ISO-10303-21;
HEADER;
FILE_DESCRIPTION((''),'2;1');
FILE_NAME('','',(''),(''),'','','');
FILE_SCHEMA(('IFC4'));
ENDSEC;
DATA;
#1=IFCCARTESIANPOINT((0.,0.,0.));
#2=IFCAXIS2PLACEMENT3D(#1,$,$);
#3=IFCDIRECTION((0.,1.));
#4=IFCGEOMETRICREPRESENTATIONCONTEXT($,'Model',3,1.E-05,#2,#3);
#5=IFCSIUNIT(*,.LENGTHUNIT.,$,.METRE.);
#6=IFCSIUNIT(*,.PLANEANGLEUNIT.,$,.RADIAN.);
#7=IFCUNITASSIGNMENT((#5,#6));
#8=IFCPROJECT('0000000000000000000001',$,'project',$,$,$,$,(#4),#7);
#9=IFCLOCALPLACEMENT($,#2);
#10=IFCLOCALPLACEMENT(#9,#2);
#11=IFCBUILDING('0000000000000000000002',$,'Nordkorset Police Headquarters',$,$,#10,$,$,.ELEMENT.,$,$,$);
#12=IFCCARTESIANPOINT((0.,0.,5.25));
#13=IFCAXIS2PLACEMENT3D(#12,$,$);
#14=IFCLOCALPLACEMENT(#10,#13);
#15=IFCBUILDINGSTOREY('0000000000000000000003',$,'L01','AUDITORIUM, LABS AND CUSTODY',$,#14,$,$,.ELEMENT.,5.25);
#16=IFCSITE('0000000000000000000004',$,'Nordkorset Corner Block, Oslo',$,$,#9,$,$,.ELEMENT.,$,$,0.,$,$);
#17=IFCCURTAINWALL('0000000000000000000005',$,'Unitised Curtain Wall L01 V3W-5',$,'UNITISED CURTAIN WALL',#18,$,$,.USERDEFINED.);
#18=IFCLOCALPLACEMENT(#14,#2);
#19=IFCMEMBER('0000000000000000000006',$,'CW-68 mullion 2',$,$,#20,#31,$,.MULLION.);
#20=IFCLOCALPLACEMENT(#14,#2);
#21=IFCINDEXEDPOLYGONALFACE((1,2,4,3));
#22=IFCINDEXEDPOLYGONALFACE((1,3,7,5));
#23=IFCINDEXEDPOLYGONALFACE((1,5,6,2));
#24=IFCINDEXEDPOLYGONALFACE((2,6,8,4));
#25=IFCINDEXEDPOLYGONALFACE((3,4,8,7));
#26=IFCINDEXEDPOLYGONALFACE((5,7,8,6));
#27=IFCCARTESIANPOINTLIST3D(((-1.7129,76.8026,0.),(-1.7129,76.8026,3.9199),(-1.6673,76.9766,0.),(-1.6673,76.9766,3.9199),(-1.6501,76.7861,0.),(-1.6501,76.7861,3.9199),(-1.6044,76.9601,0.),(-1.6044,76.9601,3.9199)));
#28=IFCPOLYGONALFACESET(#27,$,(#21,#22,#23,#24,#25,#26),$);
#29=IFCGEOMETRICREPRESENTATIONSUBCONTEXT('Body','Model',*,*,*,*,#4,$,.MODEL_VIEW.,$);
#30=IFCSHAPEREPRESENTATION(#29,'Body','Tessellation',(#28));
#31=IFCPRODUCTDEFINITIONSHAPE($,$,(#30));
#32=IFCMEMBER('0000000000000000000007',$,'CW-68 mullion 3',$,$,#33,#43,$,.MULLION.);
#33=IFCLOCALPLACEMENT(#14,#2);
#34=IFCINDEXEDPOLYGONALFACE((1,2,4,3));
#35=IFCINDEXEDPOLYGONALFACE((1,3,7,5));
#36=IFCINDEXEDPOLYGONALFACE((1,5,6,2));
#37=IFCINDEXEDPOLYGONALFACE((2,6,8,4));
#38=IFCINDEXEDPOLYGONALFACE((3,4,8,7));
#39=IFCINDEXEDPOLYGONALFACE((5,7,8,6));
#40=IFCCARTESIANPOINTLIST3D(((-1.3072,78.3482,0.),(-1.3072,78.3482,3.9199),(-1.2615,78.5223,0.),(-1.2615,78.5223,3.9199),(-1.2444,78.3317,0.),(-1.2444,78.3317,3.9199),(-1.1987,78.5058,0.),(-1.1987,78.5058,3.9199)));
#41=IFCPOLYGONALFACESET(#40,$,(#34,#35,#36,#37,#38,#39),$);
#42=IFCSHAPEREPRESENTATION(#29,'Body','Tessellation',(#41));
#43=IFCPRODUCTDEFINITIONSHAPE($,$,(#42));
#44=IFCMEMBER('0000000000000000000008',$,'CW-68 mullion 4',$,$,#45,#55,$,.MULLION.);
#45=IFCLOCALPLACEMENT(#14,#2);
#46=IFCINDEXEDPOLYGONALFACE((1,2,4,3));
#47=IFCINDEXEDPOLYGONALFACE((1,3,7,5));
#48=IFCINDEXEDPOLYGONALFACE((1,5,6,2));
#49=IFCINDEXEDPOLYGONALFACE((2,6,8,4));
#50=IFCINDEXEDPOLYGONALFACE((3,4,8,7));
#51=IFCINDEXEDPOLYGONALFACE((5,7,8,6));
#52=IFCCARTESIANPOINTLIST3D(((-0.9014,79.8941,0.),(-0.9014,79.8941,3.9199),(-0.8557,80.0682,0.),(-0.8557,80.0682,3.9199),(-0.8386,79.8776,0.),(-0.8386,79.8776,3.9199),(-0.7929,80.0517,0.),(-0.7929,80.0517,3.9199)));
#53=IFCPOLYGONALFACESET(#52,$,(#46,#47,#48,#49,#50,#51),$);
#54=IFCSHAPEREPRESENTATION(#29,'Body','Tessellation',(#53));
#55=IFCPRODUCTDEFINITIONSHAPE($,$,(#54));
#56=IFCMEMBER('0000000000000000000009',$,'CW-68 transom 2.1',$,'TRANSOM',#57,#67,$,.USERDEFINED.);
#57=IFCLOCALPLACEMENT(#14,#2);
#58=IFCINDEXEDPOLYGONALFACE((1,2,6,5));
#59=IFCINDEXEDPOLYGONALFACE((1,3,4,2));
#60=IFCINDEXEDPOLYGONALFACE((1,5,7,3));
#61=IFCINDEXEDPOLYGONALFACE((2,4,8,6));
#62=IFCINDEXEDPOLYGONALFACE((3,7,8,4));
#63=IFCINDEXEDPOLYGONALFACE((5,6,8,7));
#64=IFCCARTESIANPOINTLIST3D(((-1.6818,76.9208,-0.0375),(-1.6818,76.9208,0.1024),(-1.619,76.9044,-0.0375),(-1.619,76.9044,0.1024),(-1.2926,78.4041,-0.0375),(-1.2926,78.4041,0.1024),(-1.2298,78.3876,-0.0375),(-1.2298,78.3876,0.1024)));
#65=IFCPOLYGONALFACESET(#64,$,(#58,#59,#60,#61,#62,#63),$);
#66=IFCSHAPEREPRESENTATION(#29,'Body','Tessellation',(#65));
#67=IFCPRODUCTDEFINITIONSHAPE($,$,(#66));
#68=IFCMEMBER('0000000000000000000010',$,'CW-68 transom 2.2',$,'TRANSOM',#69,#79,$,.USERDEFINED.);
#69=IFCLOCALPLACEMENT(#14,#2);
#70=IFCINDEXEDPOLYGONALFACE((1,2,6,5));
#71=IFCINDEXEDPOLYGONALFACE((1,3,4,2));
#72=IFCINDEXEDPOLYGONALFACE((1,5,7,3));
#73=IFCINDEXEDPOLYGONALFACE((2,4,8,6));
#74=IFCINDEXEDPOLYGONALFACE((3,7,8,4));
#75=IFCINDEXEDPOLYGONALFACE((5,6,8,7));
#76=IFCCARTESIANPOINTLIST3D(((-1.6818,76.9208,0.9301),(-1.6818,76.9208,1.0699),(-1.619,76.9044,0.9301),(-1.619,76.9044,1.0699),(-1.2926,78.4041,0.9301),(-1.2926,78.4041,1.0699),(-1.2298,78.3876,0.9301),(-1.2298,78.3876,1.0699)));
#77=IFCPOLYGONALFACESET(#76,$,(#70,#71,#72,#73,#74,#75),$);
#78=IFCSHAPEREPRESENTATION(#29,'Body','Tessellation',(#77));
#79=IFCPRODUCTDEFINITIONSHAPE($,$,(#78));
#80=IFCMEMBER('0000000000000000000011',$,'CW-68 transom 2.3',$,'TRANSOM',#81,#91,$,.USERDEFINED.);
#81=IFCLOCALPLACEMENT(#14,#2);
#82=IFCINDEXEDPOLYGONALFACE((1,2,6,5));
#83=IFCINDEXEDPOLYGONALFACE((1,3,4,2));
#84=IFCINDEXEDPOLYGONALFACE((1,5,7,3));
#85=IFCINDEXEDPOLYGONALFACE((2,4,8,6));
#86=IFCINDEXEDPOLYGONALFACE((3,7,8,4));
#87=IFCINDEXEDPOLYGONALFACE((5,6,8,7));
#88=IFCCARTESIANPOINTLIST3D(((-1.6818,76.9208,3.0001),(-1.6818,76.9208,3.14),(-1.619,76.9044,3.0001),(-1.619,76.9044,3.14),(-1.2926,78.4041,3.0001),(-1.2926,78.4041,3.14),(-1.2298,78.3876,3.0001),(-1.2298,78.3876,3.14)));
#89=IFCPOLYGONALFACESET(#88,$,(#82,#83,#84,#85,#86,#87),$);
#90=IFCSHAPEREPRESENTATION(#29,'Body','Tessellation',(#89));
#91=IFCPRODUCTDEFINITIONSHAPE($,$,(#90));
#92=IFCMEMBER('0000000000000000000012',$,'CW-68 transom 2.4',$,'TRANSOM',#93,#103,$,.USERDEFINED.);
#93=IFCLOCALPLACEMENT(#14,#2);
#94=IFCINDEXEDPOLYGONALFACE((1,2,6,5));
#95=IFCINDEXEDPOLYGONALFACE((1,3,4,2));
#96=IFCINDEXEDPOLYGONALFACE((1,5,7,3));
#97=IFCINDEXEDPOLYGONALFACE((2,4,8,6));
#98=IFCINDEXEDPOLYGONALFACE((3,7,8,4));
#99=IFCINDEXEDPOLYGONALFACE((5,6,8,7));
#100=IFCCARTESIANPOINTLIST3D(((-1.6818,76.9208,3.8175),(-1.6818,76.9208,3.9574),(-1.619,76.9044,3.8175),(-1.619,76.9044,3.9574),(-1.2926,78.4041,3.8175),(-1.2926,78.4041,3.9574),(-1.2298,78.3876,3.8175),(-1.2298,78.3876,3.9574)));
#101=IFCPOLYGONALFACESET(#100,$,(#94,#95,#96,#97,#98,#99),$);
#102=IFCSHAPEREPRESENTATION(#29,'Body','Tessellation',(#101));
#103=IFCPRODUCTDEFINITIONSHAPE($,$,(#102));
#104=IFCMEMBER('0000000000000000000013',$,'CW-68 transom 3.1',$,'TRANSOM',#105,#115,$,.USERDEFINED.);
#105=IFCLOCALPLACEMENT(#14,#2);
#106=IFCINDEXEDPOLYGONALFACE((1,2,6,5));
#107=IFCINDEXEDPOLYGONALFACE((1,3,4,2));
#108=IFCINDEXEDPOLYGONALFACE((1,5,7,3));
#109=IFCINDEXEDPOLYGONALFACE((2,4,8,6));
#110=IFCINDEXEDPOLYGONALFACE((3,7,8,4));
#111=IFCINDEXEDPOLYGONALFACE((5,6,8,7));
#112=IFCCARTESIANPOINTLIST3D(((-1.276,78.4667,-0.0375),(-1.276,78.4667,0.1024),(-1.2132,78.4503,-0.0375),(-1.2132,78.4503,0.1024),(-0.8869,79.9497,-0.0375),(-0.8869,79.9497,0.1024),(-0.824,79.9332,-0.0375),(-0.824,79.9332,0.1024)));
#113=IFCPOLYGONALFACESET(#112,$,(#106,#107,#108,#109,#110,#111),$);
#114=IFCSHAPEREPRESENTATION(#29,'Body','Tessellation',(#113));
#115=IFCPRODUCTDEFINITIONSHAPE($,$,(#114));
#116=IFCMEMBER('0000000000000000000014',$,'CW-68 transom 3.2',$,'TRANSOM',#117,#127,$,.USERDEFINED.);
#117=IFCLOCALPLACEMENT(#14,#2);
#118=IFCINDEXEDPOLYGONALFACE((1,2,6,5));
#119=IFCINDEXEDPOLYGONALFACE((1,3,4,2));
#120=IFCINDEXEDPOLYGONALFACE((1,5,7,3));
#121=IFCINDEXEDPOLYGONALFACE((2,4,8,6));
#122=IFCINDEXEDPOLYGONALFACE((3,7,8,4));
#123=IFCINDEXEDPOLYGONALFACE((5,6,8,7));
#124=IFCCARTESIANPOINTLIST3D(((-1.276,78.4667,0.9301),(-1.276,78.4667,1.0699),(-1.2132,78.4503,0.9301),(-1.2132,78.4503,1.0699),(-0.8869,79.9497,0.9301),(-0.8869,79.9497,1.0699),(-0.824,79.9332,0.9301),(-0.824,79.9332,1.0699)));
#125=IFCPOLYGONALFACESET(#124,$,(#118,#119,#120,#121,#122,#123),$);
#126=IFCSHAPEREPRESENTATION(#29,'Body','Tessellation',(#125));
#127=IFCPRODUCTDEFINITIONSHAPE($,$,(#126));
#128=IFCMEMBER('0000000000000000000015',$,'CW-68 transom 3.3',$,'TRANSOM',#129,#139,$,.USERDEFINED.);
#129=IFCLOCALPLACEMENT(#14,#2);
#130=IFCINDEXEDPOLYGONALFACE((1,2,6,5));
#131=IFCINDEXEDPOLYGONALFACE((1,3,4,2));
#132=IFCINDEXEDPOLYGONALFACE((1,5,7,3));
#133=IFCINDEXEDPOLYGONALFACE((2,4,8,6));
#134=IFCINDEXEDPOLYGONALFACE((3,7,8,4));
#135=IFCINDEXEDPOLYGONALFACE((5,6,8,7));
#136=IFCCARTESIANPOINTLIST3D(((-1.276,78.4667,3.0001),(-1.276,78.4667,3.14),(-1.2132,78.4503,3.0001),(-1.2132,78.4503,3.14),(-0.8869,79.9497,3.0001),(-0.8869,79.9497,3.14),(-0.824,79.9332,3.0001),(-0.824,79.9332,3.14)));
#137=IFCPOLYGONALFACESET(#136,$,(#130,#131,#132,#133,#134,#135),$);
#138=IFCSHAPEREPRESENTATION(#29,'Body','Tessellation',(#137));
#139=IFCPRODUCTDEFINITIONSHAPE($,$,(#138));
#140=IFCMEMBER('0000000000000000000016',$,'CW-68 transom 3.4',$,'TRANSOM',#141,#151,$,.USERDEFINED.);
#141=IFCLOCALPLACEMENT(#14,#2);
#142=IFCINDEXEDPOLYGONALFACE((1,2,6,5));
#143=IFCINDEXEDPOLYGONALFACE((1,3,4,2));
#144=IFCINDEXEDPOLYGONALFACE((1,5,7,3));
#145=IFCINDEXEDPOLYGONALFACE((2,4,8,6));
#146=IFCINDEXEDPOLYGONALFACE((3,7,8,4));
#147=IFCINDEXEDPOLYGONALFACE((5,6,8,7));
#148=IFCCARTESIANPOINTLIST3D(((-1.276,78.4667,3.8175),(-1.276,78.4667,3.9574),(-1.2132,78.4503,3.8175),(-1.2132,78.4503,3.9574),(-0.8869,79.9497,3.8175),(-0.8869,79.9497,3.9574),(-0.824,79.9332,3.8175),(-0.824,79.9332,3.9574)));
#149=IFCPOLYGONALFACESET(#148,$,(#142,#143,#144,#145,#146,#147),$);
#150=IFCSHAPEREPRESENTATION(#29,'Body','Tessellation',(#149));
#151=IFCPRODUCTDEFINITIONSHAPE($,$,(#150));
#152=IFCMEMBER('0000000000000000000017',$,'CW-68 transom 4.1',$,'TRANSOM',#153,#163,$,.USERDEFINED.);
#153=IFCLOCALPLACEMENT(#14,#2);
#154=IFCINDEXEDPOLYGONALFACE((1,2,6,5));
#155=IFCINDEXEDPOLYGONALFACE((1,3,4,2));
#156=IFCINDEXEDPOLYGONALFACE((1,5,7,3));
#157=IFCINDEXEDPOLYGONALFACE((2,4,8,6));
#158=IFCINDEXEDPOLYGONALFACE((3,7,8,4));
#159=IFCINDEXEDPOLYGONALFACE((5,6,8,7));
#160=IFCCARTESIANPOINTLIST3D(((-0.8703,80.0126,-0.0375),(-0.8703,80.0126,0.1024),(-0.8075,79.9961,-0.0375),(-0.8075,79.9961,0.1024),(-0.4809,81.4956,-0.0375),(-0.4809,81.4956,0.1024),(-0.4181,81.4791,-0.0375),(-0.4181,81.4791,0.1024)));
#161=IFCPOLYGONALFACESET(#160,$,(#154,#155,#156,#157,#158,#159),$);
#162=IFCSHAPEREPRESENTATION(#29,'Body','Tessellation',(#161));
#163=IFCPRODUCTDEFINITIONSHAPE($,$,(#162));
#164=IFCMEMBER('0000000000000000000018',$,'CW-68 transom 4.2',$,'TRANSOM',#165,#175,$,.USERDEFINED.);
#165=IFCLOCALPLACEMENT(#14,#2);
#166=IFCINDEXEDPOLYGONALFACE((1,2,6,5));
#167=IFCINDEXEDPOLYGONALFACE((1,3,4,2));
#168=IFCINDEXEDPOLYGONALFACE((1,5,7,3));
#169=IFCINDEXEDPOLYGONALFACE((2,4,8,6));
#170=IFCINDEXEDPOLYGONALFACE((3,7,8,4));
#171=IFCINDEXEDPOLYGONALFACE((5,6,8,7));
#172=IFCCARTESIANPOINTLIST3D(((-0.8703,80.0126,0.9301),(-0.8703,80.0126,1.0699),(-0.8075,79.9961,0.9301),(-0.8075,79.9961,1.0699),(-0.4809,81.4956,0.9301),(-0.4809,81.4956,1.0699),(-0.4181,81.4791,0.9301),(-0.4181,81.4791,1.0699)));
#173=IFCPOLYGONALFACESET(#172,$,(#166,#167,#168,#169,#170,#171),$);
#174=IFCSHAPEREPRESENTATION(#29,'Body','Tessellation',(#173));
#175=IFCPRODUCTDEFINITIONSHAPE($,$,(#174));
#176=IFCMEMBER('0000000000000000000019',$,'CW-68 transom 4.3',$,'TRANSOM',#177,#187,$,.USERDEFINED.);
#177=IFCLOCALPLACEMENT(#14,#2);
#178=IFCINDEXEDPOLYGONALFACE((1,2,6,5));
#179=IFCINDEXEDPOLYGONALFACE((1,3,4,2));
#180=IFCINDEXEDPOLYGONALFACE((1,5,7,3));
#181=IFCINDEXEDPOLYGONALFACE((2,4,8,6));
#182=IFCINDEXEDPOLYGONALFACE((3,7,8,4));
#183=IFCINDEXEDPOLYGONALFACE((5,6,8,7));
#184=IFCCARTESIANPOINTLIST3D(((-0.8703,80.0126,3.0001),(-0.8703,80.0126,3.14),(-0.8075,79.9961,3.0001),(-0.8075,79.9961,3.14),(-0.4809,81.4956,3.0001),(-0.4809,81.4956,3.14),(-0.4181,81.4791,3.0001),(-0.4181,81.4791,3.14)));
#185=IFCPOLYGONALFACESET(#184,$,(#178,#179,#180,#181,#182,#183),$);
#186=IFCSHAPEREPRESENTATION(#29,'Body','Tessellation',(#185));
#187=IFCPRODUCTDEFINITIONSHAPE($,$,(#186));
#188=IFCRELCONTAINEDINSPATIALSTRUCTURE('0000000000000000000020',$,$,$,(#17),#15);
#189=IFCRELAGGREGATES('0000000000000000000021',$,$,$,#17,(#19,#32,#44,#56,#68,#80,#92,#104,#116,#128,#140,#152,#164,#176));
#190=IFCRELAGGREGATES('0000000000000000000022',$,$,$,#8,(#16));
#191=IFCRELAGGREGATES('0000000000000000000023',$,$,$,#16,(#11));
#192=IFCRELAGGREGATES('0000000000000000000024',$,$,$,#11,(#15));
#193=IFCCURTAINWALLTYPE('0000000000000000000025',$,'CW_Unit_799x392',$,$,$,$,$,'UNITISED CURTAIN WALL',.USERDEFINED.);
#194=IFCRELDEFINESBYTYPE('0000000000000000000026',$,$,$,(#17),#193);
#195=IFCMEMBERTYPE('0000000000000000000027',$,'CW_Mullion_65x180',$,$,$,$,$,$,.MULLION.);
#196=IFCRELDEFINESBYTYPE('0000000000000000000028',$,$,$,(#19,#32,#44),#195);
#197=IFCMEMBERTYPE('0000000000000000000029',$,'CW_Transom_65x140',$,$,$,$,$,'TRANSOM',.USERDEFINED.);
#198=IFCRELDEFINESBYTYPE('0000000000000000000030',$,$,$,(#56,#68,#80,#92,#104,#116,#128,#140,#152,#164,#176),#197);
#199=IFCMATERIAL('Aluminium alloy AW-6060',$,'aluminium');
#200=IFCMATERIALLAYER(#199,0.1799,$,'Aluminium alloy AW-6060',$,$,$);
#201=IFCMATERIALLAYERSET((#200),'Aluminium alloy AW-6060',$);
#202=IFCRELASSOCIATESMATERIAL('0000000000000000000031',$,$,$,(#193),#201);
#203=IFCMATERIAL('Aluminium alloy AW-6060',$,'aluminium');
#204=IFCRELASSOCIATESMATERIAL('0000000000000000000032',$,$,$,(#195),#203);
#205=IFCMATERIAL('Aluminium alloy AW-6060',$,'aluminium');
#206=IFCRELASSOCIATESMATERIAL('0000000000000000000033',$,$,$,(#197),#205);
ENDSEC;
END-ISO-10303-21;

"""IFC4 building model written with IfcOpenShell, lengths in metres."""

from ifc_helpers import new_model, si_unit, direction, frame, origin, origin_2d, place, context, subcontext, project, spatial, rectangle, extrude, material, layer, layer_set, material_profile, profile_set, type_object, element, aggregate, save


model = new_model("IFC4")

# Units and contexts
model_context = context("Model", 3, precision=1e-05, world=origin(), true_north=direction((0.0, 1.0)))
body_context = subcontext(model_context, "Body", "Model", "MODEL_VIEW")
ifc_project = project(units=[si_unit("LENGTHUNIT", "METRE"), si_unit("PLANEANGLEUNIT", "RADIAN")], contexts=[model_context])

# Site, building, storey
site_placement = place(None, origin())
site = spatial("IfcSite", under=ifc_project, at=site_placement, Name="Nordkorset Corner Block, Oslo", CompositionType="ELEMENT", RefElevation=0.0)
building_placement = place(site_placement, origin())
building = spatial("IfcBuilding", under=site, at=building_placement, Name="Nordkorset Police Headquarters", CompositionType="ELEMENT")
storey_placement = place(building_placement, frame((0.0, 0.0, 5.25)))
storey = spatial("IfcBuildingStorey", under=building, at=storey_placement, Name="L01", Description="AUDITORIUM, LABS AND CUSTODY", CompositionType="ELEMENT", Elevation=5.25)

# Curtain wall, members
ifc_material_1 = material(Name="Aluminium alloy AW-6060", Category="aluminium")
ifc_layer_1 = layer(ifc_material_1, 0.1799, Name="Aluminium alloy AW-6060")
ifc_layer_set_1 = layer_set([ifc_layer_1], Name="Aluminium alloy AW-6060")
curtain_wall_type = type_object("IfcCurtainWallType", Name="CW_Unit_799x392", ElementType="UNITISED CURTAIN WALL", PredefinedType="USERDEFINED", material=ifc_layer_set_1)
curtain_wall_placement = place(storey_placement, origin())
curtain_wall = element("IfcCurtainWall", 1, at=curtain_wall_placement, inside=storey, type_object=curtain_wall_type, Name="Unitised Curtain Wall L01 V3W-5", ObjectType="UNITISED CURTAIN WALL", PredefinedType="USERDEFINED")
ifc_material_2 = material(Name="Aluminium alloy AW-6060", Category="aluminium")
ifc_material_profile_1 = material_profile(ifc_material_2, rectangle(XDim=0.0649, YDim=0.1799, at=origin_2d()), Name="ALU MULL 65x180")
ifc_profile_set_1 = profile_set([ifc_material_profile_1], Name="Aluminium alloy AW-6060")
member_type_1 = type_object("IfcMemberType", Name="CW_Mullion_65x180", PredefinedType="MULLION", material=ifc_profile_set_1)
member_1_placement = place(storey_placement, frame((-1.6587, 76.8813, 0.0), z_axis=(0.0, 0.0, 1.0), x_axis=(-0.967231, 0.253897, 0.0)))
member_1 = element("IfcMember", 2, at=member_1_placement, type_object=member_type_1, Name="CW-68 mullion 2", PredefinedType="MULLION", context=body_context, shape_type="SweptSolid", body=[
    extrude(rectangle(XDim=0.0649, YDim=0.1799, at=origin_2d()), origin(), (0.0, 0.0, 1.0), 3.9199),
])
member_2_placement = place(storey_placement, frame((-1.2529, 78.427, 0.0), z_axis=(0.0, 0.0, 1.0), x_axis=(-0.967231, 0.253897, 0.0)))
member_2 = element("IfcMember", 3, at=member_2_placement, type_object=member_type_1, Name="CW-68 mullion 3", PredefinedType="MULLION", context=body_context, shape_type="SweptSolid", body=[
    extrude(rectangle(XDim=0.0649, YDim=0.1799, at=origin_2d()), origin(), (0.0, 0.0, 1.0), 3.9199),
])
member_3_placement = place(storey_placement, frame((-0.8472, 79.9729, 0.0), z_axis=(0.0, 0.0, 1.0), x_axis=(-0.967231, 0.253897, 0.0)))
member_3 = element("IfcMember", 4, at=member_3_placement, type_object=member_type_1, Name="CW-68 mullion 4", PredefinedType="MULLION", context=body_context, shape_type="SweptSolid", body=[
    extrude(rectangle(XDim=0.0649, YDim=0.1799, at=origin_2d()), origin(), (0.0, 0.0, 1.0), 3.9199),
])
ifc_material_3 = material(Name="Aluminium alloy AW-6060", Category="aluminium")
ifc_material_profile_2 = material_profile(ifc_material_3, rectangle(XDim=0.0649, YDim=0.1399, at=origin_2d()), Name="ALU TRAN 65x140")
ifc_profile_set_2 = profile_set([ifc_material_profile_2], Name="Aluminium alloy AW-6060")
member_type_2 = type_object("IfcMemberType", Name="CW_Transom_65x140", ElementType="TRANSOM", PredefinedType="USERDEFINED", material=ifc_profile_set_2)
member_4_placement = place(storey_placement, frame((-1.6504, 76.9126, 0.0325), z_axis=(0.253796, 0.967258, 0.0), x_axis=(-0.967258, 0.253796, 0.0)))
member_4 = element("IfcMember", 5, at=member_4_placement, type_object=member_type_2, Name="CW-68 transom 2.1", ObjectType="TRANSOM", PredefinedType="USERDEFINED", context=body_context, shape_type="SweptSolid", body=[
    extrude(rectangle(XDim=0.0649, YDim=0.1399, at=origin_2d()), origin(), (0.0, 0.0, 1.0), 1.5334),
])
member_5_placement = place(storey_placement, frame((-1.6504, 76.9126, 1.0), z_axis=(0.253796, 0.967258, 0.0), x_axis=(-0.967258, 0.253796, 0.0)))
member_5 = element("IfcMember", 6, at=member_5_placement, type_object=member_type_2, Name="CW-68 transom 2.2", ObjectType="TRANSOM", PredefinedType="USERDEFINED", context=body_context, shape_type="SweptSolid", body=[
    extrude(rectangle(XDim=0.0649, YDim=0.1399, at=origin_2d()), origin(), (0.0, 0.0, 1.0), 1.5334),
])
member_6_placement = place(storey_placement, frame((-1.6504, 76.9126, 3.0701), z_axis=(0.253796, 0.967258, 0.0), x_axis=(-0.967258, 0.253796, 0.0)))
member_6 = element("IfcMember", 7, at=member_6_placement, type_object=member_type_2, Name="CW-68 transom 2.3", ObjectType="TRANSOM", PredefinedType="USERDEFINED", context=body_context, shape_type="SweptSolid", body=[
    extrude(rectangle(XDim=0.0649, YDim=0.1399, at=origin_2d()), origin(), (0.0, 0.0, 1.0), 1.5334),
])
member_7_placement = place(storey_placement, frame((-1.6504, 76.9126, 3.8875), z_axis=(0.253796, 0.967258, 0.0), x_axis=(-0.967258, 0.253796, 0.0)))
member_7 = element("IfcMember", 8, at=member_7_placement, type_object=member_type_2, Name="CW-68 transom 2.4", ObjectType="TRANSOM", PredefinedType="USERDEFINED", context=body_context, shape_type="SweptSolid", body=[
    extrude(rectangle(XDim=0.0649, YDim=0.1399, at=origin_2d()), origin(), (0.0, 0.0, 1.0), 1.5334),
])
member_8_placement = place(storey_placement, frame((-1.2446, 78.4585, 0.0325), z_axis=(0.253835, 0.967248, 0.0), x_axis=(-0.967248, 0.253835, 0.0)))
member_8 = element("IfcMember", 9, at=member_8_placement, type_object=member_type_2, Name="CW-68 transom 3.1", ObjectType="TRANSOM", PredefinedType="USERDEFINED", context=body_context, shape_type="SweptSolid", body=[
    extrude(rectangle(XDim=0.0649, YDim=0.1399, at=origin_2d()), origin(), (0.0, 0.0, 1.0), 1.5332),
])
member_9_placement = place(storey_placement, frame((-1.2446, 78.4585, 1.0), z_axis=(0.253835, 0.967248, 0.0), x_axis=(-0.967248, 0.253835, 0.0)))
member_9 = element("IfcMember", 10, at=member_9_placement, type_object=member_type_2, Name="CW-68 transom 3.2", ObjectType="TRANSOM", PredefinedType="USERDEFINED", context=body_context, shape_type="SweptSolid", body=[
    extrude(rectangle(XDim=0.0649, YDim=0.1399, at=origin_2d()), origin(), (0.0, 0.0, 1.0), 1.5332),
])
member_10_placement = place(storey_placement, frame((-1.2446, 78.4585, 3.0701), z_axis=(0.253835, 0.967248, 0.0), x_axis=(-0.967248, 0.253835, 0.0)))
member_10 = element("IfcMember", 11, at=member_10_placement, type_object=member_type_2, Name="CW-68 transom 3.3", ObjectType="TRANSOM", PredefinedType="USERDEFINED", context=body_context, shape_type="SweptSolid", body=[
    extrude(rectangle(XDim=0.0649, YDim=0.1399, at=origin_2d()), origin(), (0.0, 0.0, 1.0), 1.5332),
])
member_11_placement = place(storey_placement, frame((-1.2446, 78.4585, 3.8875), z_axis=(0.253835, 0.967248, 0.0), x_axis=(-0.967248, 0.253835, 0.0)))
member_11 = element("IfcMember", 12, at=member_11_placement, type_object=member_type_2, Name="CW-68 transom 3.4", ObjectType="TRANSOM", PredefinedType="USERDEFINED", context=body_context, shape_type="SweptSolid", body=[
    extrude(rectangle(XDim=0.0649, YDim=0.1399, at=origin_2d()), origin(), (0.0, 0.0, 1.0), 1.5332),
])
member_12_placement = place(storey_placement, frame((-0.8389, 80.0044, 0.0325), z_axis=(0.253984, 0.967208, 0.0), x_axis=(-0.967208, 0.253984, 0.0)))
member_12 = element("IfcMember", 13, at=member_12_placement, type_object=member_type_2, Name="CW-68 transom 4.1", ObjectType="TRANSOM", PredefinedType="USERDEFINED", context=body_context, shape_type="SweptSolid", body=[
    extrude(rectangle(XDim=0.0649, YDim=0.1399, at=origin_2d()), origin(), (0.0, 0.0, 1.0), 1.5332),
])
member_13_placement = place(storey_placement, frame((-0.8389, 80.0044, 1.0), z_axis=(0.253984, 0.967208, 0.0), x_axis=(-0.967208, 0.253984, 0.0)))
member_13 = element("IfcMember", 14, at=member_13_placement, type_object=member_type_2, Name="CW-68 transom 4.2", ObjectType="TRANSOM", PredefinedType="USERDEFINED", context=body_context, shape_type="SweptSolid", body=[
    extrude(rectangle(XDim=0.0649, YDim=0.1399, at=origin_2d()), origin(), (0.0, 0.0, 1.0), 1.5332),
])
member_14_placement = place(storey_placement, frame((-0.8389, 80.0044, 3.0701), z_axis=(0.253984, 0.967208, 0.0), x_axis=(-0.967208, 0.253984, 0.0)))
member_14 = element("IfcMember", 15, at=member_14_placement, type_object=member_type_2, Name="CW-68 transom 4.3", ObjectType="TRANSOM", PredefinedType="USERDEFINED", context=body_context, shape_type="SweptSolid", body=[
    extrude(rectangle(XDim=0.0649, YDim=0.1399, at=origin_2d()), origin(), (0.0, 0.0, 1.0), 1.5332),
])
aggregate(curtain_wall, [member_1, member_2, member_3, member_4, member_5, member_6, member_7, member_8, member_9, member_10, member_11, member_12, member_13, member_14])

save(model, "model.ifc")
